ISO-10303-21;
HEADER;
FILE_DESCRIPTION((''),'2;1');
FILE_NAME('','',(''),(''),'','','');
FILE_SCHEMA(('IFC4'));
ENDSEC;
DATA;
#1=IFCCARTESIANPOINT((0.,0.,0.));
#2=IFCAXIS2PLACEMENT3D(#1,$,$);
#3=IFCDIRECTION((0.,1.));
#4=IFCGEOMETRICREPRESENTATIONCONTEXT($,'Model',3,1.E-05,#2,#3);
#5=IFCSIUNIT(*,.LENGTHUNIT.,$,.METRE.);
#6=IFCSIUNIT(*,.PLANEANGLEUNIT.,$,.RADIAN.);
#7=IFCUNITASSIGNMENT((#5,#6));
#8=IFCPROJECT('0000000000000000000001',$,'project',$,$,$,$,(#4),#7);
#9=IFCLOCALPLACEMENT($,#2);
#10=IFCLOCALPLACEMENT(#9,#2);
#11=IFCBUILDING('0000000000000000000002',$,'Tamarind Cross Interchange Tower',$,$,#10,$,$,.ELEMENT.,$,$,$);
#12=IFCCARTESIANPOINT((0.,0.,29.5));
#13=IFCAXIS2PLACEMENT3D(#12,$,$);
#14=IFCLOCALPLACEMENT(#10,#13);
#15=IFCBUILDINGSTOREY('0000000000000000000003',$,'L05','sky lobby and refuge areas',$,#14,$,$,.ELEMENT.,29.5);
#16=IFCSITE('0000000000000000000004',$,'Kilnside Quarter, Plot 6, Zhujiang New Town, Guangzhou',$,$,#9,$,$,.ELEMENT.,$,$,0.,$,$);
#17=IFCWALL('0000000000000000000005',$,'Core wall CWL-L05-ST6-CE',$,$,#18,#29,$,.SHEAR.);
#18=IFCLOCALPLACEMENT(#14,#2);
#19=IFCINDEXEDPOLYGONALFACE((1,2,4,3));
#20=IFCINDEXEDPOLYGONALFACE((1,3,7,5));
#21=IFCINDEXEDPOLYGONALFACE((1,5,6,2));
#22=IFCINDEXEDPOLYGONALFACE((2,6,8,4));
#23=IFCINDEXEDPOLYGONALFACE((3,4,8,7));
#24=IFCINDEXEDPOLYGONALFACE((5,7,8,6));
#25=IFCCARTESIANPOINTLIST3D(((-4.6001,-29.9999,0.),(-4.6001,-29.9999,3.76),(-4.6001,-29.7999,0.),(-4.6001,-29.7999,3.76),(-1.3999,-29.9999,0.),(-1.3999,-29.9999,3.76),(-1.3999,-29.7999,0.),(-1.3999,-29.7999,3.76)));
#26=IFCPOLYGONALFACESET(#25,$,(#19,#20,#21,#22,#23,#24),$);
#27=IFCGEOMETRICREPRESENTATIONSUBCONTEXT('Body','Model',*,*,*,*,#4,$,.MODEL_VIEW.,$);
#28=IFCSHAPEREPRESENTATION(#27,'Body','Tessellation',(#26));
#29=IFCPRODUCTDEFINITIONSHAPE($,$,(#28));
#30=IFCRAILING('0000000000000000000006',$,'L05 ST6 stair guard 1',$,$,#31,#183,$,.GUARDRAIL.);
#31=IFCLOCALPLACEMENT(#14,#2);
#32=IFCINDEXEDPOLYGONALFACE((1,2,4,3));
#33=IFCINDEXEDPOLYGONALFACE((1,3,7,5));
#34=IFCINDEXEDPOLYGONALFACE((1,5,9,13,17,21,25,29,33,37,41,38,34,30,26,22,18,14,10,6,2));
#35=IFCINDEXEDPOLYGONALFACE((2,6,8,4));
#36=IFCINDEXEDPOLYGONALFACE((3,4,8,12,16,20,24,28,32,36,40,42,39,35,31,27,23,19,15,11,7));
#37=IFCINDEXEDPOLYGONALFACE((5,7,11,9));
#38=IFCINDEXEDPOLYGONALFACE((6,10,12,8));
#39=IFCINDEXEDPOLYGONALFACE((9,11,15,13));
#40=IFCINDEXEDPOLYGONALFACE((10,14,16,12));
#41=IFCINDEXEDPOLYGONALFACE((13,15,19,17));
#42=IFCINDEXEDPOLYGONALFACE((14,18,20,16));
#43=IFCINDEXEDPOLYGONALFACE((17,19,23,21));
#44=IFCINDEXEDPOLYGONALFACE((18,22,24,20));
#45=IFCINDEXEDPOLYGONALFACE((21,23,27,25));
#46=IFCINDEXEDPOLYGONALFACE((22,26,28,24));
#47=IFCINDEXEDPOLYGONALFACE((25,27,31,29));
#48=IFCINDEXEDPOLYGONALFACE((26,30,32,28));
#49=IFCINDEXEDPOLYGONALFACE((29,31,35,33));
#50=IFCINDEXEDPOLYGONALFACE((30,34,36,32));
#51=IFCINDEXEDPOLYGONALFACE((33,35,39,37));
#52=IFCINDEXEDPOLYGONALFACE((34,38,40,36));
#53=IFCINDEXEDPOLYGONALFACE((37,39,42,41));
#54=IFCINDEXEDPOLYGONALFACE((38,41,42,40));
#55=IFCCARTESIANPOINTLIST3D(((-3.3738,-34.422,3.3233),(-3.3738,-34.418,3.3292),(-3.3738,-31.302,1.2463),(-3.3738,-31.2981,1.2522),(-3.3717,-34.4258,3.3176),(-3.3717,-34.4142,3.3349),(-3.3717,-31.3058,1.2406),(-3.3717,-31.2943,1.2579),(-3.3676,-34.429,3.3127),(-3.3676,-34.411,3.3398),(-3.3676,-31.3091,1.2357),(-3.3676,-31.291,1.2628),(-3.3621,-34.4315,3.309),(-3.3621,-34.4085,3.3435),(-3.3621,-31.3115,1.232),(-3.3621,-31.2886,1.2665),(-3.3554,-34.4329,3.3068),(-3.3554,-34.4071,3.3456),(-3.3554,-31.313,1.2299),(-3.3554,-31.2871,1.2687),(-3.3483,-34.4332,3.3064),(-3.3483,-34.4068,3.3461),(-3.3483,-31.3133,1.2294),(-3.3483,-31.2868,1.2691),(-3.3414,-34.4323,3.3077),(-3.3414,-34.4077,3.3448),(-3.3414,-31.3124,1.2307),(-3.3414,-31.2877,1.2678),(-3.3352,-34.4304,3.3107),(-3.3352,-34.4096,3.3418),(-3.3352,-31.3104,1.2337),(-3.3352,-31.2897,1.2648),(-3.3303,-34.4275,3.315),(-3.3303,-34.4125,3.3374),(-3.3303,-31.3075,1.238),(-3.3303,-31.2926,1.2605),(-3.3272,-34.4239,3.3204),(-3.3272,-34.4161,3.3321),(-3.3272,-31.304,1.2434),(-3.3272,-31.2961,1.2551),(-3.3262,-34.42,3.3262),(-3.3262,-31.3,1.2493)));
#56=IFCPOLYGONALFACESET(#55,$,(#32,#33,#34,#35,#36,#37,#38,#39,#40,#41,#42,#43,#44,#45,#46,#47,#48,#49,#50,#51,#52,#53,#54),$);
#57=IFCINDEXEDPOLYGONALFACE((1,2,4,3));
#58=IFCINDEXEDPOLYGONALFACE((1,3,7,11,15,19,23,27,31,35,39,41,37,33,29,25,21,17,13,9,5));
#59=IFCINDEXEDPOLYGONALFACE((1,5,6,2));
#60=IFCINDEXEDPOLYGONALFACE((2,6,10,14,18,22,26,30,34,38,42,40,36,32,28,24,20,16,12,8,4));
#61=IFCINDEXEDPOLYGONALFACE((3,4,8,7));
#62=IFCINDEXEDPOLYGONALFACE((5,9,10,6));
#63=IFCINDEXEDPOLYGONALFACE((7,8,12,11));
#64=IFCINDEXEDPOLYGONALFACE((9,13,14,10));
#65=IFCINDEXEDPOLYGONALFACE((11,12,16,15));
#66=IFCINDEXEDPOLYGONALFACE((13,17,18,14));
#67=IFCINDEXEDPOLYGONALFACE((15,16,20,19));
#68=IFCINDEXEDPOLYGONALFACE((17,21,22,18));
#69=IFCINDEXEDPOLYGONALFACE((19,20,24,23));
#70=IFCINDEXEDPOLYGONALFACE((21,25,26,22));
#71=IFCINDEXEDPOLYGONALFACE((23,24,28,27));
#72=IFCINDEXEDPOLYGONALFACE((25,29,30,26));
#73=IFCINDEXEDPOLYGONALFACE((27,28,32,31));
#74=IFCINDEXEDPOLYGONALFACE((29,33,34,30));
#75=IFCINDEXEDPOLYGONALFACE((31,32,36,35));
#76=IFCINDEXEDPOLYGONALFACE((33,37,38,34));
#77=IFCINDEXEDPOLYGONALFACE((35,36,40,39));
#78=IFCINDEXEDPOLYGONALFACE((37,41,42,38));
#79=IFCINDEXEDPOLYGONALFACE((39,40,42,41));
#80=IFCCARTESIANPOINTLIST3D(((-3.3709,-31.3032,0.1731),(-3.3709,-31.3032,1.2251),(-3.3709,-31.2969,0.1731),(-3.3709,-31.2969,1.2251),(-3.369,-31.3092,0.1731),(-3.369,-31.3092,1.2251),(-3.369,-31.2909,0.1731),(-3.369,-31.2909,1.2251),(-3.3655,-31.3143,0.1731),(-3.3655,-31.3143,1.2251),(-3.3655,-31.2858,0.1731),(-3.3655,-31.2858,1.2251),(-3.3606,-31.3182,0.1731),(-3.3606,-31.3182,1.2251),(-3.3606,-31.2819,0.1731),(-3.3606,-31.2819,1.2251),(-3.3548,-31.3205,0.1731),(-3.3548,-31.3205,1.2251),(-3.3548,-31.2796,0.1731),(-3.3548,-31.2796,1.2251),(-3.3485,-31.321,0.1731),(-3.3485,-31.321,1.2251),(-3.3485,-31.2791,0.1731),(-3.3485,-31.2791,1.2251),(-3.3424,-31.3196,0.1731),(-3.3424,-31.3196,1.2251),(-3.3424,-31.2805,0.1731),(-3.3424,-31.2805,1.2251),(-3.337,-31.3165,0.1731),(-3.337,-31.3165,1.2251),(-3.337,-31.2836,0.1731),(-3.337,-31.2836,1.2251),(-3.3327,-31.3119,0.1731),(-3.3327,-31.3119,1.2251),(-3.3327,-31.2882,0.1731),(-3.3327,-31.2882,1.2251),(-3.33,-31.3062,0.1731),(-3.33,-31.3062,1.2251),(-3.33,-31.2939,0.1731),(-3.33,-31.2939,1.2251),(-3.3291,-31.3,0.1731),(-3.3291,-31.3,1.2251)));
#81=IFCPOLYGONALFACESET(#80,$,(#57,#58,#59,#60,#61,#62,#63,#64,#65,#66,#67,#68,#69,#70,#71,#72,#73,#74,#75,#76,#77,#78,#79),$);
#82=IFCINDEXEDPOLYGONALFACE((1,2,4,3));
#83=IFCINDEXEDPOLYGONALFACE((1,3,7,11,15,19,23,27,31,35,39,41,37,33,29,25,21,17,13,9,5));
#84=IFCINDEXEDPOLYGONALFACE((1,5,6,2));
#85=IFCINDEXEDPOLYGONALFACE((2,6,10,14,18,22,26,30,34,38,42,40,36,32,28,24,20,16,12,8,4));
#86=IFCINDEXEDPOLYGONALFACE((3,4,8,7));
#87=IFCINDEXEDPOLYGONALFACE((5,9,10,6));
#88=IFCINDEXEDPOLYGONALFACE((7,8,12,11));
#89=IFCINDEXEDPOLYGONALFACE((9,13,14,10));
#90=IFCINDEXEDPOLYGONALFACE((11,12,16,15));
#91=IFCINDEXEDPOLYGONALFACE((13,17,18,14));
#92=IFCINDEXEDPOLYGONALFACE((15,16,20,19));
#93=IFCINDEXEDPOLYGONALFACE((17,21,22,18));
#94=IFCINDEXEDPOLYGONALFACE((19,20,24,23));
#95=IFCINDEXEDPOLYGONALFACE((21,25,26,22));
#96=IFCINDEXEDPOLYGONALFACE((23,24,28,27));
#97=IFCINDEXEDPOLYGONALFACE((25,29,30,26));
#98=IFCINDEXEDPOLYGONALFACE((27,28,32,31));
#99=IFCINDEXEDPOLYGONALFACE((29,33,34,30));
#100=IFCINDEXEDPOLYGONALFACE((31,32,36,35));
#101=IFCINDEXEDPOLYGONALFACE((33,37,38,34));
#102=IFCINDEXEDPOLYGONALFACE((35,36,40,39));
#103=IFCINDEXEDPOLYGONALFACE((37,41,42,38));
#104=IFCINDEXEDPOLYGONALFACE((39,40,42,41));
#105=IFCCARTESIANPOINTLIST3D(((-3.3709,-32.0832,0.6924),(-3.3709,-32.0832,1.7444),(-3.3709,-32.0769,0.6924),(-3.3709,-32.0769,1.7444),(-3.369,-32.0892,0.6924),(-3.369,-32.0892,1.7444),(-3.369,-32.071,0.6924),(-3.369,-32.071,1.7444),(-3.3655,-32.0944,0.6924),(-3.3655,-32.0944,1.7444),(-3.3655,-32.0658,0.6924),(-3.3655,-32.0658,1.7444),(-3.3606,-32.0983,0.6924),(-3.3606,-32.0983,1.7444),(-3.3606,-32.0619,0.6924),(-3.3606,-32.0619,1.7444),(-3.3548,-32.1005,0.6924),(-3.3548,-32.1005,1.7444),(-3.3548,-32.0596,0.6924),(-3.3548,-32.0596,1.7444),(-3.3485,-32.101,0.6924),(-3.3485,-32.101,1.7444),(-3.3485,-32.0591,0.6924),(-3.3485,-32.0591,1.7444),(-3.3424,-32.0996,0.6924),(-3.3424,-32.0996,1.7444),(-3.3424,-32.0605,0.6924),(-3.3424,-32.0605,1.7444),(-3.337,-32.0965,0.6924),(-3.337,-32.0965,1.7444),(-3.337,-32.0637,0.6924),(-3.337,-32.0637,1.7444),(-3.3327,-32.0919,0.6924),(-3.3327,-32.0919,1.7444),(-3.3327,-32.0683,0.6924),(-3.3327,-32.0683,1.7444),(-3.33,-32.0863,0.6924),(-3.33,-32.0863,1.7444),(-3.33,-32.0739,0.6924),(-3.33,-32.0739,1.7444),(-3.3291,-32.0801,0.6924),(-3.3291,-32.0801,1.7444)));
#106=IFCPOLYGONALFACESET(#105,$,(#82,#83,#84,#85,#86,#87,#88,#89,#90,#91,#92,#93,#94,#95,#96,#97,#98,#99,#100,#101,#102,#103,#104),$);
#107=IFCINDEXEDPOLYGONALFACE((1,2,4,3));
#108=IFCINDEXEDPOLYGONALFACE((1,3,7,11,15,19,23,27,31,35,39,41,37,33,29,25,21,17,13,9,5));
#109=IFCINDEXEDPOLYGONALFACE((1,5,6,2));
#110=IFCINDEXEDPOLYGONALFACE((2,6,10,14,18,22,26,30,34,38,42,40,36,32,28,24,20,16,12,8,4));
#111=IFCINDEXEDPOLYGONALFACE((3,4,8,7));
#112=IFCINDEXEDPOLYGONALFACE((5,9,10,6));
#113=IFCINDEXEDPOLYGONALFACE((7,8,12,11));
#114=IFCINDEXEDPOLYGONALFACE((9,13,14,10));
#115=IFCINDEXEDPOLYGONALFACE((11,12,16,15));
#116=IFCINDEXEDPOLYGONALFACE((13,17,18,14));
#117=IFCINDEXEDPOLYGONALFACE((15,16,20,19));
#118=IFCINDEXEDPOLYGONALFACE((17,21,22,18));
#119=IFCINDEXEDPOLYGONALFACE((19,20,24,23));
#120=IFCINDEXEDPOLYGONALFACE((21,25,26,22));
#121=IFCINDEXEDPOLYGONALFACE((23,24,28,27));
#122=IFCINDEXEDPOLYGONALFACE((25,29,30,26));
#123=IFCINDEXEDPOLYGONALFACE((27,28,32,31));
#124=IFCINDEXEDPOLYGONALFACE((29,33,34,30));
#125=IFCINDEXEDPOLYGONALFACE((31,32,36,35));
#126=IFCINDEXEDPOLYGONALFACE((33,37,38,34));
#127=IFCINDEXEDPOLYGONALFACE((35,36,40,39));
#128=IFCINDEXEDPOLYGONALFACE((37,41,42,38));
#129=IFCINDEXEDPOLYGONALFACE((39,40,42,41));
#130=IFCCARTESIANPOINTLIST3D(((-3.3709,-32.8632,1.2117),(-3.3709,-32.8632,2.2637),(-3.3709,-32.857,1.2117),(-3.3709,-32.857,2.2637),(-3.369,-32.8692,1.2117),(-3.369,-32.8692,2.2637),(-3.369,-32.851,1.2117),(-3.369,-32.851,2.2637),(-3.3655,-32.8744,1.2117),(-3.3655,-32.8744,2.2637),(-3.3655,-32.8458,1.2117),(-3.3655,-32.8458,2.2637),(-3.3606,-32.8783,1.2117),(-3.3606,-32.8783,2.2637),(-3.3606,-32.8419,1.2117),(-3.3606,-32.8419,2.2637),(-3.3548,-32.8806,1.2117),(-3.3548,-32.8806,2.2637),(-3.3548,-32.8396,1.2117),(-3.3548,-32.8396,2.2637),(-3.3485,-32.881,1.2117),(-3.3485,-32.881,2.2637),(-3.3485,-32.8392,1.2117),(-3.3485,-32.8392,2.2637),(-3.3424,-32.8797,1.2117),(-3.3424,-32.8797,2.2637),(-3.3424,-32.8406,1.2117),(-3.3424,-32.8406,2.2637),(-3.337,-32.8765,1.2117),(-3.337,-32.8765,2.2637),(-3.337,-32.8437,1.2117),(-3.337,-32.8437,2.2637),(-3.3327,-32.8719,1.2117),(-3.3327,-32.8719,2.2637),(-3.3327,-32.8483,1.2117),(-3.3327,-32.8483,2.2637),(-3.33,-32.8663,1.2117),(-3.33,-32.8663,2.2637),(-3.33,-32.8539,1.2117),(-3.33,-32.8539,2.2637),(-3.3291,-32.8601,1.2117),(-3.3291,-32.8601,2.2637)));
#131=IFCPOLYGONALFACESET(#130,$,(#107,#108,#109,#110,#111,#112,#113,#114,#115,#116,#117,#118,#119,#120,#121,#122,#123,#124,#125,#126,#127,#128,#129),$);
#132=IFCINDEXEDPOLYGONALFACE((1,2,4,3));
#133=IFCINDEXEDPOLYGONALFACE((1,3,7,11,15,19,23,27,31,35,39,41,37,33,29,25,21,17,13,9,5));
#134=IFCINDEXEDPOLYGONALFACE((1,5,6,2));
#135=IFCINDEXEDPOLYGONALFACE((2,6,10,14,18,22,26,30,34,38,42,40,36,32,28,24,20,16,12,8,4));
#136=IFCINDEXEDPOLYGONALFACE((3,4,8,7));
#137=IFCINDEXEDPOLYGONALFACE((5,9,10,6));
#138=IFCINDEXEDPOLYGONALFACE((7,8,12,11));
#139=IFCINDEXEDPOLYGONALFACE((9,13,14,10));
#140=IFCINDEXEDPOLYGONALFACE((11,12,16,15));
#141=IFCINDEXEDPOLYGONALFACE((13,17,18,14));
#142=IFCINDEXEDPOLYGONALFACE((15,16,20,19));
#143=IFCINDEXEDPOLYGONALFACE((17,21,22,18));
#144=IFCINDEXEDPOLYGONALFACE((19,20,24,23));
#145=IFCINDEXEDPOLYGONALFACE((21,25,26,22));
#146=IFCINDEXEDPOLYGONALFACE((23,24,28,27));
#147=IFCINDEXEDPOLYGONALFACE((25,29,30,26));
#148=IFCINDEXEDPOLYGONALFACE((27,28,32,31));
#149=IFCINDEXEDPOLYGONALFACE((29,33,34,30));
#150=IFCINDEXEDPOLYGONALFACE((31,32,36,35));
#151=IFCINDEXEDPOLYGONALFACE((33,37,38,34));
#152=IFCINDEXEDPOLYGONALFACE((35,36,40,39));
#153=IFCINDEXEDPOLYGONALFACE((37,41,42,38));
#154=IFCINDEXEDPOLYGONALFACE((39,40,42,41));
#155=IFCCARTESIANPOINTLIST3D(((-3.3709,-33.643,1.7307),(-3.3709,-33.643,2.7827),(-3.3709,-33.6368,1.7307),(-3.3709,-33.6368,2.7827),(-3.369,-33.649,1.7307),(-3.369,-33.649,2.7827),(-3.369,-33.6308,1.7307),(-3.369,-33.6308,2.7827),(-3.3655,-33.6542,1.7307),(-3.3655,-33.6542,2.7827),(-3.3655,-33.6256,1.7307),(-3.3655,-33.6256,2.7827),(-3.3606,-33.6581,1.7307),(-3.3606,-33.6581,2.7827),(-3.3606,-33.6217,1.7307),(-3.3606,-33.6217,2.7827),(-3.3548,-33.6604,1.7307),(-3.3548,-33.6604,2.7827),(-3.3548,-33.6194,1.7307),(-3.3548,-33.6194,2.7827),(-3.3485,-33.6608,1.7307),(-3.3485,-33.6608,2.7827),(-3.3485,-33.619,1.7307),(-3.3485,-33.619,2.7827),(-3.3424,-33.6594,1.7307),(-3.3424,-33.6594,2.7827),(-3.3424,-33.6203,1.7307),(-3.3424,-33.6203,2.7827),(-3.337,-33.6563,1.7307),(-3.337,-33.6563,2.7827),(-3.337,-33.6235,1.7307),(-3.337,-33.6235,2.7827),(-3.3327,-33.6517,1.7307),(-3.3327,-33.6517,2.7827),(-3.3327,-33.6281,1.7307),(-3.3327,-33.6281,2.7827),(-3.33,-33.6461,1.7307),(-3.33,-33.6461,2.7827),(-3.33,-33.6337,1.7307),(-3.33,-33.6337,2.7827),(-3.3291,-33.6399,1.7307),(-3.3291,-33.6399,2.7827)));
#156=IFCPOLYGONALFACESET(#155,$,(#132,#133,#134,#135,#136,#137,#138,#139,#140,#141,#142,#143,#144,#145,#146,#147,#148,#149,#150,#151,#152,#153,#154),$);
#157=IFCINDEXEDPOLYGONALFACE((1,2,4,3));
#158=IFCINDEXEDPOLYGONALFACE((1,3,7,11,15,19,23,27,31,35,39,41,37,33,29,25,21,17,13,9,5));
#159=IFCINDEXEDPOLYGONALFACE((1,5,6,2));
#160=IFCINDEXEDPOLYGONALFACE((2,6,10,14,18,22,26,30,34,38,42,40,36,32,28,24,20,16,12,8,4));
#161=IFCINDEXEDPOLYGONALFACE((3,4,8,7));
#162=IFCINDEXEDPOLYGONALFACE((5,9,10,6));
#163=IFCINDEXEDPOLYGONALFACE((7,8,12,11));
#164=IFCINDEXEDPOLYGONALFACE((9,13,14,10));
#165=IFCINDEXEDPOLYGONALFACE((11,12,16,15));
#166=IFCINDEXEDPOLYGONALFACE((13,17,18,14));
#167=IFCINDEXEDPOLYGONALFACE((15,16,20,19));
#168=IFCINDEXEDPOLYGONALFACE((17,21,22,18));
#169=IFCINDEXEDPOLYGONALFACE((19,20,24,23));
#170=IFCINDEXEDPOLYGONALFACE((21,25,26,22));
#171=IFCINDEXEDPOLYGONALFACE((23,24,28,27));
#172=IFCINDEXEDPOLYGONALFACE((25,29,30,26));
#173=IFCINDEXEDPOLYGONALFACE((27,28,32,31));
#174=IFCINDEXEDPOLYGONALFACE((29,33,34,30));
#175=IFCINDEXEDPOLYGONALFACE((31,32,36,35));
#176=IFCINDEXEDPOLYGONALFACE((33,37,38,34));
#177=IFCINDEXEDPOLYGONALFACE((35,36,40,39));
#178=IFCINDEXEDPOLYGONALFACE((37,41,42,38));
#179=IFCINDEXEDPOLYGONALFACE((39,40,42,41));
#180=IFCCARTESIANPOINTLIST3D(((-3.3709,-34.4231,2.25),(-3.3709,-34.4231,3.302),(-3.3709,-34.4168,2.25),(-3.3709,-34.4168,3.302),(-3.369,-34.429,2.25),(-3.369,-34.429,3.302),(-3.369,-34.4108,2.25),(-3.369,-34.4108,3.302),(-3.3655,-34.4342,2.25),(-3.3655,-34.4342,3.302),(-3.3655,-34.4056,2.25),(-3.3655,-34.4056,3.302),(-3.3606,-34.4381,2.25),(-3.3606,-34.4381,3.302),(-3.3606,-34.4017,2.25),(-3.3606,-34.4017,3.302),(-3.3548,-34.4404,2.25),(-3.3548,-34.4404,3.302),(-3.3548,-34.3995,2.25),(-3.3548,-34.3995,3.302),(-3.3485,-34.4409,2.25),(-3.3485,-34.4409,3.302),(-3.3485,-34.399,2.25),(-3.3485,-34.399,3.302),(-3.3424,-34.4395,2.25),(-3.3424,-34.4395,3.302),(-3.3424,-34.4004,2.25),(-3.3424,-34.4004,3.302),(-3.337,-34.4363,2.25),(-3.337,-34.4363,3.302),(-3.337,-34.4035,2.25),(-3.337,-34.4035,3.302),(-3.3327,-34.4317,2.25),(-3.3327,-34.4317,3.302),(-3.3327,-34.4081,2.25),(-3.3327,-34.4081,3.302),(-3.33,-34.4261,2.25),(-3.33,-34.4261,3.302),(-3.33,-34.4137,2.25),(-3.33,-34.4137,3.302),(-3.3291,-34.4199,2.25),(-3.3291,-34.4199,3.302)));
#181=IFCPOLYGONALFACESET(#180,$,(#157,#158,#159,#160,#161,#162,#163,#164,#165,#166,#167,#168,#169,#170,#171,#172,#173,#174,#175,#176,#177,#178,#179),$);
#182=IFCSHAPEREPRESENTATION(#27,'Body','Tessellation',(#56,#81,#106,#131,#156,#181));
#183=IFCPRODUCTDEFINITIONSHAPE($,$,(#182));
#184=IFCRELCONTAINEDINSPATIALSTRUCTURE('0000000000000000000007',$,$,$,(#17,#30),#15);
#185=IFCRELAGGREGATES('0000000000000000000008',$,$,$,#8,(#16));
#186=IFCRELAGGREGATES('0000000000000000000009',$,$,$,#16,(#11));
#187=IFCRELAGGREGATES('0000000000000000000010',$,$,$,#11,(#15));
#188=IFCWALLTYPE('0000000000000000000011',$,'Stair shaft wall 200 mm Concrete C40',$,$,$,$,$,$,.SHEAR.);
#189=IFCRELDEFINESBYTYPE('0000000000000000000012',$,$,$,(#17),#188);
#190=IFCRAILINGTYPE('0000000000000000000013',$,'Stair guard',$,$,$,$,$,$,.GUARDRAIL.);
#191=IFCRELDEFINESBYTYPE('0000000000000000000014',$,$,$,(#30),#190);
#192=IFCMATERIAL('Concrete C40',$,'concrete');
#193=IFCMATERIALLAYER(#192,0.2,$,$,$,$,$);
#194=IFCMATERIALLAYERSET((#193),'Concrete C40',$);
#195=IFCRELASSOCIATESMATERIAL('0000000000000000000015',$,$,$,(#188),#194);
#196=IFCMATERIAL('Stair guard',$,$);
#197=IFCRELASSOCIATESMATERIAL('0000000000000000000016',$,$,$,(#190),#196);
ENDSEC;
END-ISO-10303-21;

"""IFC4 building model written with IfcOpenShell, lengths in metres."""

from ifc_helpers import new_model, si_unit, direction, frame, frame_2d, origin, origin_2d, place, context, subcontext, project, spatial, rectangle, circle, extrude, material, layer, layer_set, type_object, element, save


model = new_model("IFC4")

# Units and contexts
model_context = context("Model", 3, precision=1e-05, world=origin(), true_north=direction((0.0, 1.0)))
body_context = subcontext(model_context, "Body", "Model", "MODEL_VIEW")
ifc_project = project(units=[si_unit("LENGTHUNIT", "METRE"), si_unit("PLANEANGLEUNIT", "RADIAN")], contexts=[model_context])

# Site, building, storey
site_placement = place(None, origin())
site = spatial("IfcSite", under=ifc_project, at=site_placement, Name="Kilnside Quarter, Plot 6, Zhujiang New Town, Guangzhou", CompositionType="ELEMENT", RefElevation=0.0)
building_placement = place(site_placement, origin())
building = spatial("IfcBuilding", under=site, at=building_placement, Name="Tamarind Cross Interchange Tower", CompositionType="ELEMENT")
storey_placement = place(building_placement, frame((0.0, 0.0, 29.5)))
storey = spatial("IfcBuildingStorey", under=building, at=storey_placement, Name="L05", Description="sky lobby and refuge areas", CompositionType="ELEMENT", Elevation=29.5)

# Shared definitions
ifc_material_1 = material(Name="Concrete C40", Category="concrete")
ifc_layer_1 = layer(ifc_material_1, 0.2)
ifc_layer_set_1 = layer_set([ifc_layer_1], Name="Concrete C40")
wall_type_1 = type_object("IfcWallType", Name="Stair shaft wall 200 mm Concrete C40", PredefinedType="SHEAR", material=ifc_layer_set_1)

# Wall
wall_1_placement = place(storey_placement, frame((-4.6001, -29.8999, 0.0), z_axis=(0.0, 0.0, 1.0), x_axis=(1.0, 0.0, 0.0)))
element("IfcWall", 1, at=wall_1_placement, inside=storey, type_object=wall_type_1, Name="Core wall CWL-L05-ST6-CE", PredefinedType="SHEAR", context=body_context, shape_type="SweptSolid", body=[
    extrude(rectangle(XDim=3.2002, YDim=0.2, at=frame_2d((1.6001, 0.0))), origin(), (0.0, 0.0, 1.0), 3.76),
])

# Railing
ifc_material_2 = material(Name="Stair guard")
railing_type = type_object("IfcRailingType", Name="Stair guard", PredefinedType="GUARDRAIL", material=ifc_material_2)
railing_1_placement = place(storey_placement, frame((-3.3501, -31.3, 0.1731)))
element("IfcRailing", 2, at=railing_1_placement, inside=storey, type_object=railing_type, Name="L05 ST6 stair guard 1", PredefinedType="GUARDRAIL", context=body_context, shape_type="SweptSolid", body=[
    extrude(circle(Radius=0.0239, at=origin_2d()), frame((0.0, 0.0, 1.0762), z_axis=(0.0, -0.832421, 0.554144), x_axis=(1.0, 0.0, 0.0)), (0.0, 0.0, 1.0), 3.748),
    extrude(circle(Radius=0.021, at=origin_2d()), origin(), (0.0, 0.0, 1.0), 1.052),
    extrude(circle(Radius=0.021, at=origin_2d()), frame((0.0, -0.78, 0.5193)), (0.0, 0.0, 1.0), 1.052),
    extrude(circle(Radius=0.021, at=origin_2d()), frame((0.0, -1.5601, 1.0386)), (0.0, 0.0, 1.0), 1.052),
    extrude(circle(Radius=0.021, at=origin_2d()), frame((0.0, -2.3398, 1.5576)), (0.0, 0.0, 1.0), 1.052),
    extrude(circle(Radius=0.021, at=origin_2d()), frame((0.0, -3.1199, 2.0769)), (0.0, 0.0, 1.0), 1.052),
])

save(model, "model.ifc")
